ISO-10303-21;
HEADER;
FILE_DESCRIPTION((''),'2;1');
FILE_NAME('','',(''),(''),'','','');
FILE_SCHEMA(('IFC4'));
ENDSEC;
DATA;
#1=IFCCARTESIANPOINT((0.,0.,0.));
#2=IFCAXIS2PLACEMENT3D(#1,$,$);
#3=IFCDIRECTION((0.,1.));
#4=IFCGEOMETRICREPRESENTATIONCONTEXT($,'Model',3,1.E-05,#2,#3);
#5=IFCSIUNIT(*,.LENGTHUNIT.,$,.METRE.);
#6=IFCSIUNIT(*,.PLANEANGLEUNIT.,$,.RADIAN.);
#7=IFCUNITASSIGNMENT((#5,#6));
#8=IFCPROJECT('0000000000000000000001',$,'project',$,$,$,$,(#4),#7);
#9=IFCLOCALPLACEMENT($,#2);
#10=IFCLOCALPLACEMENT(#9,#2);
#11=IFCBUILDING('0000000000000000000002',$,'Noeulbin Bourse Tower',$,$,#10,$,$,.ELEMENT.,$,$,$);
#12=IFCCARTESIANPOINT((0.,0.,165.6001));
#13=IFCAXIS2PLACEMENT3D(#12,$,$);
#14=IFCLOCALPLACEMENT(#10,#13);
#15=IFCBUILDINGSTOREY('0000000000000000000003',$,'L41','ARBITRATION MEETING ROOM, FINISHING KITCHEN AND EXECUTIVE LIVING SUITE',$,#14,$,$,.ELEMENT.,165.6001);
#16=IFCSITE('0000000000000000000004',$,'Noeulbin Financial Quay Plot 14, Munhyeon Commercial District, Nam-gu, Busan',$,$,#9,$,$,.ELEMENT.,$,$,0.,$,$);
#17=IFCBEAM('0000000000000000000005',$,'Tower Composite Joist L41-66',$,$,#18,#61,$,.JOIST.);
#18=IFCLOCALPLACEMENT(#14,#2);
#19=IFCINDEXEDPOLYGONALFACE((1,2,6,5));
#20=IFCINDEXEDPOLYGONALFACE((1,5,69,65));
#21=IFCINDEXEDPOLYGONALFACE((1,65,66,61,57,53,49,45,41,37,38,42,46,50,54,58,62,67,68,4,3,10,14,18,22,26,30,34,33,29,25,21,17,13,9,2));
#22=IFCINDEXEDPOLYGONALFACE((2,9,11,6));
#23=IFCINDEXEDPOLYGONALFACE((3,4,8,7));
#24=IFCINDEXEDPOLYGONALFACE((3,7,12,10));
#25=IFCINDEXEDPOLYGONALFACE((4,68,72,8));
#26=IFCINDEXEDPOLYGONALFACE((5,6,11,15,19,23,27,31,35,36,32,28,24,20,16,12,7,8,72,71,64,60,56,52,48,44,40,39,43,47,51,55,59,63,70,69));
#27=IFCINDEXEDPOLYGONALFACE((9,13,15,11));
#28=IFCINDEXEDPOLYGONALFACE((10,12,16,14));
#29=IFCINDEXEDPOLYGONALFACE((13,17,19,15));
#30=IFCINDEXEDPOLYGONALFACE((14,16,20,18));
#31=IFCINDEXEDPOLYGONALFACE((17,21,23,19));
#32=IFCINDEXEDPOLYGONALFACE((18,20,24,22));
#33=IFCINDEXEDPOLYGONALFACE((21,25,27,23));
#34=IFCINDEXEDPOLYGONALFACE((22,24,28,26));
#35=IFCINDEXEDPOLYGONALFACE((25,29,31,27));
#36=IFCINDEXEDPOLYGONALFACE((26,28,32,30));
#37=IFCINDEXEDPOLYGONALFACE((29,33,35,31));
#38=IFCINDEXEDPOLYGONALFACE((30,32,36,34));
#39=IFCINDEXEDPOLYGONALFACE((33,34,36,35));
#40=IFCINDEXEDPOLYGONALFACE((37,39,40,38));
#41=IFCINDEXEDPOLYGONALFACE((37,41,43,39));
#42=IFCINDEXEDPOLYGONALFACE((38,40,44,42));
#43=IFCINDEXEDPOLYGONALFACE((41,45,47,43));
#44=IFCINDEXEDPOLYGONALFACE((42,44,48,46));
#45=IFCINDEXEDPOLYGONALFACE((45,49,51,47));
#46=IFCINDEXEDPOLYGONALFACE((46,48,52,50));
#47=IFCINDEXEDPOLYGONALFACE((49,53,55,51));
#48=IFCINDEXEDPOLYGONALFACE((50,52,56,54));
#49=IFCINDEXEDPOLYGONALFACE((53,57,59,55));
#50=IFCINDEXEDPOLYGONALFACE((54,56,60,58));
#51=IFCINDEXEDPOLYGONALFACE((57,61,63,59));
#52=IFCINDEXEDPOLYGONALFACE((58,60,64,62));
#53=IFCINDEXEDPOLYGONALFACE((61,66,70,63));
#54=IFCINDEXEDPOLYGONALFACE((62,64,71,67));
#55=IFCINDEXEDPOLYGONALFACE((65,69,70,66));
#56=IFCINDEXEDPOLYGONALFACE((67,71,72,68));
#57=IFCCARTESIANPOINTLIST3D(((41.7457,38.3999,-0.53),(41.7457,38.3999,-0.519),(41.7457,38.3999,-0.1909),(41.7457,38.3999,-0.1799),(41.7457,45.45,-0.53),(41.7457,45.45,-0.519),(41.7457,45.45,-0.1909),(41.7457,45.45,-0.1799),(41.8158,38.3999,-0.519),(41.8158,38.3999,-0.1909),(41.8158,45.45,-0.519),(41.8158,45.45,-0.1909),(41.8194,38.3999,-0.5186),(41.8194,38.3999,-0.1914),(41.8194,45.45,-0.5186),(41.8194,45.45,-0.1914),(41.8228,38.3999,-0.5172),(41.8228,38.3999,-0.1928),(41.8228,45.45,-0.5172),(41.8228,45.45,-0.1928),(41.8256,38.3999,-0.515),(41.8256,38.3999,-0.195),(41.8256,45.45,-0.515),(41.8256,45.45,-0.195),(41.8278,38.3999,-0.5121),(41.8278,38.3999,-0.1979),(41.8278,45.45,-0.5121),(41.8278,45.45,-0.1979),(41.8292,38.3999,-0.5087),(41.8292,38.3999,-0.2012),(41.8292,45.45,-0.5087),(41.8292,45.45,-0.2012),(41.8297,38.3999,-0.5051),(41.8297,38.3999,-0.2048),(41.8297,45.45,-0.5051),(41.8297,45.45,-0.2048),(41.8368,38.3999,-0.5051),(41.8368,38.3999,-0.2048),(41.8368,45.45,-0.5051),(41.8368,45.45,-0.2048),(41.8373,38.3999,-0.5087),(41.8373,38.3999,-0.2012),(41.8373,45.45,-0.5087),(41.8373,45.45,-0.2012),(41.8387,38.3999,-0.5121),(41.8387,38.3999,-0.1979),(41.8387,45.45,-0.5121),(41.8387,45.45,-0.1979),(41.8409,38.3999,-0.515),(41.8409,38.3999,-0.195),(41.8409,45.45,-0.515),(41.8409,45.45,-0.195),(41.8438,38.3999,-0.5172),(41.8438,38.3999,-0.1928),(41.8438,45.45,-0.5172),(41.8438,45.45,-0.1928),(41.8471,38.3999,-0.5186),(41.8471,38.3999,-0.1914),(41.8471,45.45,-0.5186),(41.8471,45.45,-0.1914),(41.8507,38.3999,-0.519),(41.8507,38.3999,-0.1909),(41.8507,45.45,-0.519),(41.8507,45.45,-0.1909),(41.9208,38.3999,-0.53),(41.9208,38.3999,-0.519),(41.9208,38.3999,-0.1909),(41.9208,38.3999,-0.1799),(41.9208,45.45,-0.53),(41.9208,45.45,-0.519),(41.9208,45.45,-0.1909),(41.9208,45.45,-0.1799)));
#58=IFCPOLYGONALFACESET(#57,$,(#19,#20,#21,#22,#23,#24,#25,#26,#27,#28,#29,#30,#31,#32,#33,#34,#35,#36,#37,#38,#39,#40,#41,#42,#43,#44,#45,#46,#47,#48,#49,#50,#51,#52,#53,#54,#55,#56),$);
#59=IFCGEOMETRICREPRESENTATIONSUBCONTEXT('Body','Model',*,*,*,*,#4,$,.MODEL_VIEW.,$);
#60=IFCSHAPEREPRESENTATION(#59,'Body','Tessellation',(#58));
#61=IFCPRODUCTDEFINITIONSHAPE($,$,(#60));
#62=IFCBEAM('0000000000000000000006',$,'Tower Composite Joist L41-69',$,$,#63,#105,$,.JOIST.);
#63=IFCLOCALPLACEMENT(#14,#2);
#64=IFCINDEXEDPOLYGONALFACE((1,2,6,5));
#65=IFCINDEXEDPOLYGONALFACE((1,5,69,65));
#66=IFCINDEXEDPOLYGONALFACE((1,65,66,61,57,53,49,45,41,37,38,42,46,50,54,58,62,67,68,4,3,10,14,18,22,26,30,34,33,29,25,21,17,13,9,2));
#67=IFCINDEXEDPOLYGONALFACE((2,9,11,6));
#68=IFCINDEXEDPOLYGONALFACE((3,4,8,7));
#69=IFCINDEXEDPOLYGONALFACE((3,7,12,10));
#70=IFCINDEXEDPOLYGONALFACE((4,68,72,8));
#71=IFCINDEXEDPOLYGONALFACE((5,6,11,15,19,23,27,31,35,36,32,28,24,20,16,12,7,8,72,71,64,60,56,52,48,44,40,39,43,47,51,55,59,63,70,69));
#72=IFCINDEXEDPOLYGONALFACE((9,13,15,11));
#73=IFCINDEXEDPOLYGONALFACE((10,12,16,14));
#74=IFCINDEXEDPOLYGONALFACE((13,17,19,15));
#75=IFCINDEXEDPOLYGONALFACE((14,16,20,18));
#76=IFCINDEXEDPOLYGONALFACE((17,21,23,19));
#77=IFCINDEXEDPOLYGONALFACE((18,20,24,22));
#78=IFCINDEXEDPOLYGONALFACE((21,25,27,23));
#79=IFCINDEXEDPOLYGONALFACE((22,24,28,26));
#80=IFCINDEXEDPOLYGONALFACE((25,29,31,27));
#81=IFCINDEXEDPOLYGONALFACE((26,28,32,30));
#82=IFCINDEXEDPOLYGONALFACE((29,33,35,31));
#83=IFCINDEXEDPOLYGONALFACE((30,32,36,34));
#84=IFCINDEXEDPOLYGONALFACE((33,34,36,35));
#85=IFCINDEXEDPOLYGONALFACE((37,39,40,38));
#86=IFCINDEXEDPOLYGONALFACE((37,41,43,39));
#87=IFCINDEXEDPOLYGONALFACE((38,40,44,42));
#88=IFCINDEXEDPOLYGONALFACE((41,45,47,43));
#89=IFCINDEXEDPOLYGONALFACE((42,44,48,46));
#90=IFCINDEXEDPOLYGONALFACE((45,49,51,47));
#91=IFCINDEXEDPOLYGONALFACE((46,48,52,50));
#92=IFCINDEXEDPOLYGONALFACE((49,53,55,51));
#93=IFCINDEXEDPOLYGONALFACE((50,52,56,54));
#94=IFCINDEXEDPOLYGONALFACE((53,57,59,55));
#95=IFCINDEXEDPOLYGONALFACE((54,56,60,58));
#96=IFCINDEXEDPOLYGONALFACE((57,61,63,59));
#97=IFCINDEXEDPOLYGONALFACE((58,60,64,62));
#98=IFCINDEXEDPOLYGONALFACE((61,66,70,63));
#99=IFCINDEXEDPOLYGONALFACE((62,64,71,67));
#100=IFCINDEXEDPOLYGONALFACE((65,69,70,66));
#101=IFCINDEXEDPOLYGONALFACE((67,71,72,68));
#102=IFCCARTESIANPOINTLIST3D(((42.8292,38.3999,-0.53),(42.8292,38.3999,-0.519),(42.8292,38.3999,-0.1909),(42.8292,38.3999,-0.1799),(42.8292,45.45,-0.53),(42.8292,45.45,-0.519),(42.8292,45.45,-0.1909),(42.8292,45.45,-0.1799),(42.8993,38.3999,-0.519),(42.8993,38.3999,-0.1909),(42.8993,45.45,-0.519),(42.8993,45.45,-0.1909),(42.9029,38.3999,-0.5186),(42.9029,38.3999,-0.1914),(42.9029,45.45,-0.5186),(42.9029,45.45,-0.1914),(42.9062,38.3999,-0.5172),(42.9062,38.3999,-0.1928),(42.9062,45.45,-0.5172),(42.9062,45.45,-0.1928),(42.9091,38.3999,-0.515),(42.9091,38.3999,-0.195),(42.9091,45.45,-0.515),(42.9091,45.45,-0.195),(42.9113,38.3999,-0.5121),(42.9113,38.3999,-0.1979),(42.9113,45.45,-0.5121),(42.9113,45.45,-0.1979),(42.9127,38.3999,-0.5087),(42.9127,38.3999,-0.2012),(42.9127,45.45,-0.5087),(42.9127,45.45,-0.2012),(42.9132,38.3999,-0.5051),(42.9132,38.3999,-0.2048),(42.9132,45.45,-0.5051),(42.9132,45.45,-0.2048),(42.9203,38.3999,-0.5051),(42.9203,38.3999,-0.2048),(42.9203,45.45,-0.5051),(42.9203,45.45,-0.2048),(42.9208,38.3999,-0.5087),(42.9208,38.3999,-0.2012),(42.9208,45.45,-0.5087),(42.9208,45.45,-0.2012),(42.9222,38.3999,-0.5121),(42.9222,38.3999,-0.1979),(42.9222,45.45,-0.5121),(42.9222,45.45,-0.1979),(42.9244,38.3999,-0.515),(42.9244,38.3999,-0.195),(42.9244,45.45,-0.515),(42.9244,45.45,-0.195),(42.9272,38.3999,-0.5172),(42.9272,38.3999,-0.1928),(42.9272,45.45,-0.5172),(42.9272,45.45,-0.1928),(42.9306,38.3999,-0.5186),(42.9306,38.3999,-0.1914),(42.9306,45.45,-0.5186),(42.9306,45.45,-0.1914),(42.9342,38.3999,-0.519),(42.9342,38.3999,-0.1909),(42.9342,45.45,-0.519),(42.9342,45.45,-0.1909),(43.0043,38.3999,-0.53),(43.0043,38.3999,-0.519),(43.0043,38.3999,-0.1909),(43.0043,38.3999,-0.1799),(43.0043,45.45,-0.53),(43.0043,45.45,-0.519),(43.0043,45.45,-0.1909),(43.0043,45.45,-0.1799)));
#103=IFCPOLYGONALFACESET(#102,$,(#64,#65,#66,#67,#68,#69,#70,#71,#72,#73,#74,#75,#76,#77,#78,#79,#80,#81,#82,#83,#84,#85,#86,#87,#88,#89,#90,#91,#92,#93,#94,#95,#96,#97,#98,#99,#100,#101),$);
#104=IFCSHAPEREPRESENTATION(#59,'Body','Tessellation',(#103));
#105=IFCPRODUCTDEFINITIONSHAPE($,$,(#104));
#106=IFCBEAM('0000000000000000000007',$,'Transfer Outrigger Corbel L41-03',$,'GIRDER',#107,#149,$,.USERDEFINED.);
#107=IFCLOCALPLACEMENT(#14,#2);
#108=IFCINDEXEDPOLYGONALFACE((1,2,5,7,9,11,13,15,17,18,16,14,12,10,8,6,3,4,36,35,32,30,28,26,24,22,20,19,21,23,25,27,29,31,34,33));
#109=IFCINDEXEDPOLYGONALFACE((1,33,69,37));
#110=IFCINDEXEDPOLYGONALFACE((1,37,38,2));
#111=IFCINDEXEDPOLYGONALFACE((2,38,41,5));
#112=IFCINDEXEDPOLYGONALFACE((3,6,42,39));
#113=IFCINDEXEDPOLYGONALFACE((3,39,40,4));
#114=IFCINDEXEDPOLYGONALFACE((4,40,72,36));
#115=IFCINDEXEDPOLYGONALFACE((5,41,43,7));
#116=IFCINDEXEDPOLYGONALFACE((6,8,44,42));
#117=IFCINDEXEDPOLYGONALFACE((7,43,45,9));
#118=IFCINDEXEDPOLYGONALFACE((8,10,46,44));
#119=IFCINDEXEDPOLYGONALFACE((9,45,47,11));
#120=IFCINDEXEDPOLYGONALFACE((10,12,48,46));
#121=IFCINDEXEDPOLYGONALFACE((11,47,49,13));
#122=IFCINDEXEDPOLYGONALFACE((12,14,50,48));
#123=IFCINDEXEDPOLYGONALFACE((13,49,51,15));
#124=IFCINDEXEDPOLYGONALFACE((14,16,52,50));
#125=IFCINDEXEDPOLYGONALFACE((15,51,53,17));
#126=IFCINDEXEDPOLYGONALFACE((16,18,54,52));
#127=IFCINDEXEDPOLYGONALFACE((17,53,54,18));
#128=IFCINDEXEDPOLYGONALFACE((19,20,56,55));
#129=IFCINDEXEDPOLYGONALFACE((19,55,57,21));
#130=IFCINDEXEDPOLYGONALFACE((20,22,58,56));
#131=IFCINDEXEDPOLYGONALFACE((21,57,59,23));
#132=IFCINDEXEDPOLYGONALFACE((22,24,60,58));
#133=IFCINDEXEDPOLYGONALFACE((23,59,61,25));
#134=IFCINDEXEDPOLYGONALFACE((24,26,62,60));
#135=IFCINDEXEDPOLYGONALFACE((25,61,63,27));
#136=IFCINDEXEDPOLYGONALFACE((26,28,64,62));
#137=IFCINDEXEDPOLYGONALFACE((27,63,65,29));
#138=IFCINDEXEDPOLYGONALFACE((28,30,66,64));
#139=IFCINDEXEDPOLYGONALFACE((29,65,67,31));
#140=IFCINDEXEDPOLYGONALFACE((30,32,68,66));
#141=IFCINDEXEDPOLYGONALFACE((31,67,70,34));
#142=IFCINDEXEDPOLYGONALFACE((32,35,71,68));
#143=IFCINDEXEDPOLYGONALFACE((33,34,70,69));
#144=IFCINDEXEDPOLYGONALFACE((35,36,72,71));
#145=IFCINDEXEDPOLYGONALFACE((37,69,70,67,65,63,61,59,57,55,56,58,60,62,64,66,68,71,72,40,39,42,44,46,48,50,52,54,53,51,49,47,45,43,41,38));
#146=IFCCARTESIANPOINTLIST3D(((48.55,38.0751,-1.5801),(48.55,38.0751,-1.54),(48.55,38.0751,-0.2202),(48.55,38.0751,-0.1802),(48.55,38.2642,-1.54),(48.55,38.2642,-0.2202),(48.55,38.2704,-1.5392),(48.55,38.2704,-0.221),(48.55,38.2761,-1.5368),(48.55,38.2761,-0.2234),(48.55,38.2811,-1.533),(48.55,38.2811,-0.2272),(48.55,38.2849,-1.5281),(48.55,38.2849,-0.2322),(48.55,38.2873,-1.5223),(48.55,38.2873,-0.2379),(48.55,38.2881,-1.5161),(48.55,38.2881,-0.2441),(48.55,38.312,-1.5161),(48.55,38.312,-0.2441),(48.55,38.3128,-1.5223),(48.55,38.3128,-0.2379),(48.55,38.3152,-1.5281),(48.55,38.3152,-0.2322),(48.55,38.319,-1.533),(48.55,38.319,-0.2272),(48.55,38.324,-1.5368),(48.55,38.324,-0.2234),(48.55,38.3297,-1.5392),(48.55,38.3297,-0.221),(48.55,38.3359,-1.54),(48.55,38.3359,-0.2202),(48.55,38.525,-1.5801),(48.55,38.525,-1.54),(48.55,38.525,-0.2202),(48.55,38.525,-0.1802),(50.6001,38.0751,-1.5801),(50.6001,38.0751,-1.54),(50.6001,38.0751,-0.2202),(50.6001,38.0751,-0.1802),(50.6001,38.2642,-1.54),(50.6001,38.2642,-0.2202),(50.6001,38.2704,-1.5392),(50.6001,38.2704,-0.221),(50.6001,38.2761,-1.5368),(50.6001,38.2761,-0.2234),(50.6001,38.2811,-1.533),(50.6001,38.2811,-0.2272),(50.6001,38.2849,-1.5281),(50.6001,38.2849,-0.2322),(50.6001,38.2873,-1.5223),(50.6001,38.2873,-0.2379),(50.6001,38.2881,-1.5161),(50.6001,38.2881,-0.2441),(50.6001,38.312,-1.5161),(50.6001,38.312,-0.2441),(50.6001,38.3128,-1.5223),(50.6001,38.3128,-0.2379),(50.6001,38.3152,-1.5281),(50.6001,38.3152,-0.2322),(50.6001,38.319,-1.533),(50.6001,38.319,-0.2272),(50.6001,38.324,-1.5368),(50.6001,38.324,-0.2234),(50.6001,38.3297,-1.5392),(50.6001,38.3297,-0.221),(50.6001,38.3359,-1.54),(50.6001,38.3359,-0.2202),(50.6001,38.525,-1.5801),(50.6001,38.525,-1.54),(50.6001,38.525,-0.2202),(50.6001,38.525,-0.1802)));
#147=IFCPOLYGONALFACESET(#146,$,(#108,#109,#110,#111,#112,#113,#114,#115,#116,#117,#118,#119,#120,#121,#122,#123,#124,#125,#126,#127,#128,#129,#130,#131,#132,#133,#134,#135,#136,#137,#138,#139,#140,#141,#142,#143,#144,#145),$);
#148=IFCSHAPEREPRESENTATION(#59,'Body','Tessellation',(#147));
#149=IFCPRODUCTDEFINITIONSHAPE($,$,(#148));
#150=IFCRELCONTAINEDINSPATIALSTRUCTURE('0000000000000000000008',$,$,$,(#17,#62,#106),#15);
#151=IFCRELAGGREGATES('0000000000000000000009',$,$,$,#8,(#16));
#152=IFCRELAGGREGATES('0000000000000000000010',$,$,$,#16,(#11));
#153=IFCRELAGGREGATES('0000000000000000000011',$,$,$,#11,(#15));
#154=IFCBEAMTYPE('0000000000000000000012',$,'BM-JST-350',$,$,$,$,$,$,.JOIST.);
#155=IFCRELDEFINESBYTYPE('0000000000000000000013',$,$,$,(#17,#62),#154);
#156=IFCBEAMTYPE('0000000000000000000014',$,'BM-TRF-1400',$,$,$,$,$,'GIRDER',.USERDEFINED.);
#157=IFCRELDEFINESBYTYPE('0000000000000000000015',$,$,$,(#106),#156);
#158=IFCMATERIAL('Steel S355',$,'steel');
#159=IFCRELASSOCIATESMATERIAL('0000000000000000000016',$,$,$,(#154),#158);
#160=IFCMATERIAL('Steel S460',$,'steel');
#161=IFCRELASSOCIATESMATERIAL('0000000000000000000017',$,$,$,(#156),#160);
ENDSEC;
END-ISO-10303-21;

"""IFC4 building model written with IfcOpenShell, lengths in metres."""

from ifc_helpers import new_model, si_unit, direction, frame, origin, origin_2d, place, context, subcontext, project, spatial, i_section, extrude, material, material_profile, profile_set, type_object, element, save


model = new_model("IFC4")

# Units and contexts
model_context = context("Model", 3, precision=1e-05, world=origin(), true_north=direction((0.0, 1.0)))
body_context = subcontext(model_context, "Body", "Model", "MODEL_VIEW")
ifc_project = project(units=[si_unit("LENGTHUNIT", "METRE"), si_unit("PLANEANGLEUNIT", "RADIAN")], contexts=[model_context])

# Site, building, storey
site_placement = place(None, origin())
site = spatial("IfcSite", under=ifc_project, at=site_placement, Name="Noeulbin Financial Quay Plot 14, Munhyeon Commercial District, Nam-gu, Busan", CompositionType="ELEMENT", RefElevation=0.0)
building_placement = place(site_placement, origin())
building = spatial("IfcBuilding", under=site, at=building_placement, Name="Noeulbin Bourse Tower", CompositionType="ELEMENT")
storey_placement = place(building_placement, frame((0.0, 0.0, 165.6001)))
storey = spatial("IfcBuildingStorey", under=building, at=storey_placement, Name="L41", Description="ARBITRATION MEETING ROOM, FINISHING KITCHEN AND EXECUTIVE LIVING SUITE", CompositionType="ELEMENT", Elevation=165.6001)

# Shared definitions
ifc_material_1 = material(Name="Steel S355", Category="steel")

# Beams
ifc_material_profile_1 = material_profile(ifc_material_1, i_section(OverallWidth=0.175, OverallDepth=0.3501, WebThickness=0.0071, FlangeThickness=0.011, FilletRadius=0.0139, at=origin_2d()), Name="H-350x175x7x11", Category="LoadBearing")
ifc_profile_set_1 = profile_set([ifc_material_profile_1], Name="Steel S355")
beam_type_1 = type_object("IfcBeamType", Name="BM-JST-350", PredefinedType="JOIST", material=ifc_profile_set_1)
for number, where, z_axis, x_axis, name in (
    (1, (41.8333, 38.3999, -0.355), (0.0, 1.0, 0.0), (-1.0, 0.0, 0.0), "Tower Composite Joist L41-66"),
    (2, (42.9167, 38.3999, -0.355), (0.0, 1.0, 0.0), (-1.0, 0.0, 0.0), "Tower Composite Joist L41-69"),
):
    element("IfcBeam", number, at=place(storey_placement, frame(where, z_axis=z_axis, x_axis=x_axis)), inside=storey, type_object=beam_type_1, Name=name, PredefinedType="JOIST", context=body_context, shape_type="SweptSolid", body=[
        extrude(i_section(OverallWidth=0.175, OverallDepth=0.3501, WebThickness=0.0071, FlangeThickness=0.011, FilletRadius=0.0139, at=origin_2d()), origin(), (0.0, 0.0, 1.0), 7.05),
    ])
ifc_material_2 = material(Name="Steel S460", Category="steel")
ifc_material_profile_2 = material_profile(ifc_material_2, i_section(OverallWidth=0.45, OverallDepth=1.3999, WebThickness=0.0239, FlangeThickness=0.04, FilletRadius=0.0239, at=origin_2d()), Name="PG-1400x450x24x40", Category="LoadBearing")
ifc_profile_set_2 = profile_set([ifc_material_profile_2], Name="Steel S460")
beam_type_2 = type_object("IfcBeamType", Name="BM-TRF-1400", ElementType="GIRDER", PredefinedType="USERDEFINED", material=ifc_profile_set_2)
beam_placement = place(storey_placement, frame((48.55, 38.3, -0.8801), z_axis=(1.0, 0.0, 0.0), x_axis=(0.0, 1.0, 0.0)))
element("IfcBeam", 3, at=beam_placement, inside=storey, type_object=beam_type_2, Name="Transfer Outrigger Corbel L41-03", ObjectType="GIRDER", PredefinedType="USERDEFINED", context=body_context, shape_type="SweptSolid", body=[
    extrude(i_section(OverallWidth=0.45, OverallDepth=1.3999, WebThickness=0.0239, FlangeThickness=0.04, FilletRadius=0.0239, at=origin_2d()), origin(), (0.0, 0.0, 1.0), 2.05),
])

save(model, "model.ifc")
